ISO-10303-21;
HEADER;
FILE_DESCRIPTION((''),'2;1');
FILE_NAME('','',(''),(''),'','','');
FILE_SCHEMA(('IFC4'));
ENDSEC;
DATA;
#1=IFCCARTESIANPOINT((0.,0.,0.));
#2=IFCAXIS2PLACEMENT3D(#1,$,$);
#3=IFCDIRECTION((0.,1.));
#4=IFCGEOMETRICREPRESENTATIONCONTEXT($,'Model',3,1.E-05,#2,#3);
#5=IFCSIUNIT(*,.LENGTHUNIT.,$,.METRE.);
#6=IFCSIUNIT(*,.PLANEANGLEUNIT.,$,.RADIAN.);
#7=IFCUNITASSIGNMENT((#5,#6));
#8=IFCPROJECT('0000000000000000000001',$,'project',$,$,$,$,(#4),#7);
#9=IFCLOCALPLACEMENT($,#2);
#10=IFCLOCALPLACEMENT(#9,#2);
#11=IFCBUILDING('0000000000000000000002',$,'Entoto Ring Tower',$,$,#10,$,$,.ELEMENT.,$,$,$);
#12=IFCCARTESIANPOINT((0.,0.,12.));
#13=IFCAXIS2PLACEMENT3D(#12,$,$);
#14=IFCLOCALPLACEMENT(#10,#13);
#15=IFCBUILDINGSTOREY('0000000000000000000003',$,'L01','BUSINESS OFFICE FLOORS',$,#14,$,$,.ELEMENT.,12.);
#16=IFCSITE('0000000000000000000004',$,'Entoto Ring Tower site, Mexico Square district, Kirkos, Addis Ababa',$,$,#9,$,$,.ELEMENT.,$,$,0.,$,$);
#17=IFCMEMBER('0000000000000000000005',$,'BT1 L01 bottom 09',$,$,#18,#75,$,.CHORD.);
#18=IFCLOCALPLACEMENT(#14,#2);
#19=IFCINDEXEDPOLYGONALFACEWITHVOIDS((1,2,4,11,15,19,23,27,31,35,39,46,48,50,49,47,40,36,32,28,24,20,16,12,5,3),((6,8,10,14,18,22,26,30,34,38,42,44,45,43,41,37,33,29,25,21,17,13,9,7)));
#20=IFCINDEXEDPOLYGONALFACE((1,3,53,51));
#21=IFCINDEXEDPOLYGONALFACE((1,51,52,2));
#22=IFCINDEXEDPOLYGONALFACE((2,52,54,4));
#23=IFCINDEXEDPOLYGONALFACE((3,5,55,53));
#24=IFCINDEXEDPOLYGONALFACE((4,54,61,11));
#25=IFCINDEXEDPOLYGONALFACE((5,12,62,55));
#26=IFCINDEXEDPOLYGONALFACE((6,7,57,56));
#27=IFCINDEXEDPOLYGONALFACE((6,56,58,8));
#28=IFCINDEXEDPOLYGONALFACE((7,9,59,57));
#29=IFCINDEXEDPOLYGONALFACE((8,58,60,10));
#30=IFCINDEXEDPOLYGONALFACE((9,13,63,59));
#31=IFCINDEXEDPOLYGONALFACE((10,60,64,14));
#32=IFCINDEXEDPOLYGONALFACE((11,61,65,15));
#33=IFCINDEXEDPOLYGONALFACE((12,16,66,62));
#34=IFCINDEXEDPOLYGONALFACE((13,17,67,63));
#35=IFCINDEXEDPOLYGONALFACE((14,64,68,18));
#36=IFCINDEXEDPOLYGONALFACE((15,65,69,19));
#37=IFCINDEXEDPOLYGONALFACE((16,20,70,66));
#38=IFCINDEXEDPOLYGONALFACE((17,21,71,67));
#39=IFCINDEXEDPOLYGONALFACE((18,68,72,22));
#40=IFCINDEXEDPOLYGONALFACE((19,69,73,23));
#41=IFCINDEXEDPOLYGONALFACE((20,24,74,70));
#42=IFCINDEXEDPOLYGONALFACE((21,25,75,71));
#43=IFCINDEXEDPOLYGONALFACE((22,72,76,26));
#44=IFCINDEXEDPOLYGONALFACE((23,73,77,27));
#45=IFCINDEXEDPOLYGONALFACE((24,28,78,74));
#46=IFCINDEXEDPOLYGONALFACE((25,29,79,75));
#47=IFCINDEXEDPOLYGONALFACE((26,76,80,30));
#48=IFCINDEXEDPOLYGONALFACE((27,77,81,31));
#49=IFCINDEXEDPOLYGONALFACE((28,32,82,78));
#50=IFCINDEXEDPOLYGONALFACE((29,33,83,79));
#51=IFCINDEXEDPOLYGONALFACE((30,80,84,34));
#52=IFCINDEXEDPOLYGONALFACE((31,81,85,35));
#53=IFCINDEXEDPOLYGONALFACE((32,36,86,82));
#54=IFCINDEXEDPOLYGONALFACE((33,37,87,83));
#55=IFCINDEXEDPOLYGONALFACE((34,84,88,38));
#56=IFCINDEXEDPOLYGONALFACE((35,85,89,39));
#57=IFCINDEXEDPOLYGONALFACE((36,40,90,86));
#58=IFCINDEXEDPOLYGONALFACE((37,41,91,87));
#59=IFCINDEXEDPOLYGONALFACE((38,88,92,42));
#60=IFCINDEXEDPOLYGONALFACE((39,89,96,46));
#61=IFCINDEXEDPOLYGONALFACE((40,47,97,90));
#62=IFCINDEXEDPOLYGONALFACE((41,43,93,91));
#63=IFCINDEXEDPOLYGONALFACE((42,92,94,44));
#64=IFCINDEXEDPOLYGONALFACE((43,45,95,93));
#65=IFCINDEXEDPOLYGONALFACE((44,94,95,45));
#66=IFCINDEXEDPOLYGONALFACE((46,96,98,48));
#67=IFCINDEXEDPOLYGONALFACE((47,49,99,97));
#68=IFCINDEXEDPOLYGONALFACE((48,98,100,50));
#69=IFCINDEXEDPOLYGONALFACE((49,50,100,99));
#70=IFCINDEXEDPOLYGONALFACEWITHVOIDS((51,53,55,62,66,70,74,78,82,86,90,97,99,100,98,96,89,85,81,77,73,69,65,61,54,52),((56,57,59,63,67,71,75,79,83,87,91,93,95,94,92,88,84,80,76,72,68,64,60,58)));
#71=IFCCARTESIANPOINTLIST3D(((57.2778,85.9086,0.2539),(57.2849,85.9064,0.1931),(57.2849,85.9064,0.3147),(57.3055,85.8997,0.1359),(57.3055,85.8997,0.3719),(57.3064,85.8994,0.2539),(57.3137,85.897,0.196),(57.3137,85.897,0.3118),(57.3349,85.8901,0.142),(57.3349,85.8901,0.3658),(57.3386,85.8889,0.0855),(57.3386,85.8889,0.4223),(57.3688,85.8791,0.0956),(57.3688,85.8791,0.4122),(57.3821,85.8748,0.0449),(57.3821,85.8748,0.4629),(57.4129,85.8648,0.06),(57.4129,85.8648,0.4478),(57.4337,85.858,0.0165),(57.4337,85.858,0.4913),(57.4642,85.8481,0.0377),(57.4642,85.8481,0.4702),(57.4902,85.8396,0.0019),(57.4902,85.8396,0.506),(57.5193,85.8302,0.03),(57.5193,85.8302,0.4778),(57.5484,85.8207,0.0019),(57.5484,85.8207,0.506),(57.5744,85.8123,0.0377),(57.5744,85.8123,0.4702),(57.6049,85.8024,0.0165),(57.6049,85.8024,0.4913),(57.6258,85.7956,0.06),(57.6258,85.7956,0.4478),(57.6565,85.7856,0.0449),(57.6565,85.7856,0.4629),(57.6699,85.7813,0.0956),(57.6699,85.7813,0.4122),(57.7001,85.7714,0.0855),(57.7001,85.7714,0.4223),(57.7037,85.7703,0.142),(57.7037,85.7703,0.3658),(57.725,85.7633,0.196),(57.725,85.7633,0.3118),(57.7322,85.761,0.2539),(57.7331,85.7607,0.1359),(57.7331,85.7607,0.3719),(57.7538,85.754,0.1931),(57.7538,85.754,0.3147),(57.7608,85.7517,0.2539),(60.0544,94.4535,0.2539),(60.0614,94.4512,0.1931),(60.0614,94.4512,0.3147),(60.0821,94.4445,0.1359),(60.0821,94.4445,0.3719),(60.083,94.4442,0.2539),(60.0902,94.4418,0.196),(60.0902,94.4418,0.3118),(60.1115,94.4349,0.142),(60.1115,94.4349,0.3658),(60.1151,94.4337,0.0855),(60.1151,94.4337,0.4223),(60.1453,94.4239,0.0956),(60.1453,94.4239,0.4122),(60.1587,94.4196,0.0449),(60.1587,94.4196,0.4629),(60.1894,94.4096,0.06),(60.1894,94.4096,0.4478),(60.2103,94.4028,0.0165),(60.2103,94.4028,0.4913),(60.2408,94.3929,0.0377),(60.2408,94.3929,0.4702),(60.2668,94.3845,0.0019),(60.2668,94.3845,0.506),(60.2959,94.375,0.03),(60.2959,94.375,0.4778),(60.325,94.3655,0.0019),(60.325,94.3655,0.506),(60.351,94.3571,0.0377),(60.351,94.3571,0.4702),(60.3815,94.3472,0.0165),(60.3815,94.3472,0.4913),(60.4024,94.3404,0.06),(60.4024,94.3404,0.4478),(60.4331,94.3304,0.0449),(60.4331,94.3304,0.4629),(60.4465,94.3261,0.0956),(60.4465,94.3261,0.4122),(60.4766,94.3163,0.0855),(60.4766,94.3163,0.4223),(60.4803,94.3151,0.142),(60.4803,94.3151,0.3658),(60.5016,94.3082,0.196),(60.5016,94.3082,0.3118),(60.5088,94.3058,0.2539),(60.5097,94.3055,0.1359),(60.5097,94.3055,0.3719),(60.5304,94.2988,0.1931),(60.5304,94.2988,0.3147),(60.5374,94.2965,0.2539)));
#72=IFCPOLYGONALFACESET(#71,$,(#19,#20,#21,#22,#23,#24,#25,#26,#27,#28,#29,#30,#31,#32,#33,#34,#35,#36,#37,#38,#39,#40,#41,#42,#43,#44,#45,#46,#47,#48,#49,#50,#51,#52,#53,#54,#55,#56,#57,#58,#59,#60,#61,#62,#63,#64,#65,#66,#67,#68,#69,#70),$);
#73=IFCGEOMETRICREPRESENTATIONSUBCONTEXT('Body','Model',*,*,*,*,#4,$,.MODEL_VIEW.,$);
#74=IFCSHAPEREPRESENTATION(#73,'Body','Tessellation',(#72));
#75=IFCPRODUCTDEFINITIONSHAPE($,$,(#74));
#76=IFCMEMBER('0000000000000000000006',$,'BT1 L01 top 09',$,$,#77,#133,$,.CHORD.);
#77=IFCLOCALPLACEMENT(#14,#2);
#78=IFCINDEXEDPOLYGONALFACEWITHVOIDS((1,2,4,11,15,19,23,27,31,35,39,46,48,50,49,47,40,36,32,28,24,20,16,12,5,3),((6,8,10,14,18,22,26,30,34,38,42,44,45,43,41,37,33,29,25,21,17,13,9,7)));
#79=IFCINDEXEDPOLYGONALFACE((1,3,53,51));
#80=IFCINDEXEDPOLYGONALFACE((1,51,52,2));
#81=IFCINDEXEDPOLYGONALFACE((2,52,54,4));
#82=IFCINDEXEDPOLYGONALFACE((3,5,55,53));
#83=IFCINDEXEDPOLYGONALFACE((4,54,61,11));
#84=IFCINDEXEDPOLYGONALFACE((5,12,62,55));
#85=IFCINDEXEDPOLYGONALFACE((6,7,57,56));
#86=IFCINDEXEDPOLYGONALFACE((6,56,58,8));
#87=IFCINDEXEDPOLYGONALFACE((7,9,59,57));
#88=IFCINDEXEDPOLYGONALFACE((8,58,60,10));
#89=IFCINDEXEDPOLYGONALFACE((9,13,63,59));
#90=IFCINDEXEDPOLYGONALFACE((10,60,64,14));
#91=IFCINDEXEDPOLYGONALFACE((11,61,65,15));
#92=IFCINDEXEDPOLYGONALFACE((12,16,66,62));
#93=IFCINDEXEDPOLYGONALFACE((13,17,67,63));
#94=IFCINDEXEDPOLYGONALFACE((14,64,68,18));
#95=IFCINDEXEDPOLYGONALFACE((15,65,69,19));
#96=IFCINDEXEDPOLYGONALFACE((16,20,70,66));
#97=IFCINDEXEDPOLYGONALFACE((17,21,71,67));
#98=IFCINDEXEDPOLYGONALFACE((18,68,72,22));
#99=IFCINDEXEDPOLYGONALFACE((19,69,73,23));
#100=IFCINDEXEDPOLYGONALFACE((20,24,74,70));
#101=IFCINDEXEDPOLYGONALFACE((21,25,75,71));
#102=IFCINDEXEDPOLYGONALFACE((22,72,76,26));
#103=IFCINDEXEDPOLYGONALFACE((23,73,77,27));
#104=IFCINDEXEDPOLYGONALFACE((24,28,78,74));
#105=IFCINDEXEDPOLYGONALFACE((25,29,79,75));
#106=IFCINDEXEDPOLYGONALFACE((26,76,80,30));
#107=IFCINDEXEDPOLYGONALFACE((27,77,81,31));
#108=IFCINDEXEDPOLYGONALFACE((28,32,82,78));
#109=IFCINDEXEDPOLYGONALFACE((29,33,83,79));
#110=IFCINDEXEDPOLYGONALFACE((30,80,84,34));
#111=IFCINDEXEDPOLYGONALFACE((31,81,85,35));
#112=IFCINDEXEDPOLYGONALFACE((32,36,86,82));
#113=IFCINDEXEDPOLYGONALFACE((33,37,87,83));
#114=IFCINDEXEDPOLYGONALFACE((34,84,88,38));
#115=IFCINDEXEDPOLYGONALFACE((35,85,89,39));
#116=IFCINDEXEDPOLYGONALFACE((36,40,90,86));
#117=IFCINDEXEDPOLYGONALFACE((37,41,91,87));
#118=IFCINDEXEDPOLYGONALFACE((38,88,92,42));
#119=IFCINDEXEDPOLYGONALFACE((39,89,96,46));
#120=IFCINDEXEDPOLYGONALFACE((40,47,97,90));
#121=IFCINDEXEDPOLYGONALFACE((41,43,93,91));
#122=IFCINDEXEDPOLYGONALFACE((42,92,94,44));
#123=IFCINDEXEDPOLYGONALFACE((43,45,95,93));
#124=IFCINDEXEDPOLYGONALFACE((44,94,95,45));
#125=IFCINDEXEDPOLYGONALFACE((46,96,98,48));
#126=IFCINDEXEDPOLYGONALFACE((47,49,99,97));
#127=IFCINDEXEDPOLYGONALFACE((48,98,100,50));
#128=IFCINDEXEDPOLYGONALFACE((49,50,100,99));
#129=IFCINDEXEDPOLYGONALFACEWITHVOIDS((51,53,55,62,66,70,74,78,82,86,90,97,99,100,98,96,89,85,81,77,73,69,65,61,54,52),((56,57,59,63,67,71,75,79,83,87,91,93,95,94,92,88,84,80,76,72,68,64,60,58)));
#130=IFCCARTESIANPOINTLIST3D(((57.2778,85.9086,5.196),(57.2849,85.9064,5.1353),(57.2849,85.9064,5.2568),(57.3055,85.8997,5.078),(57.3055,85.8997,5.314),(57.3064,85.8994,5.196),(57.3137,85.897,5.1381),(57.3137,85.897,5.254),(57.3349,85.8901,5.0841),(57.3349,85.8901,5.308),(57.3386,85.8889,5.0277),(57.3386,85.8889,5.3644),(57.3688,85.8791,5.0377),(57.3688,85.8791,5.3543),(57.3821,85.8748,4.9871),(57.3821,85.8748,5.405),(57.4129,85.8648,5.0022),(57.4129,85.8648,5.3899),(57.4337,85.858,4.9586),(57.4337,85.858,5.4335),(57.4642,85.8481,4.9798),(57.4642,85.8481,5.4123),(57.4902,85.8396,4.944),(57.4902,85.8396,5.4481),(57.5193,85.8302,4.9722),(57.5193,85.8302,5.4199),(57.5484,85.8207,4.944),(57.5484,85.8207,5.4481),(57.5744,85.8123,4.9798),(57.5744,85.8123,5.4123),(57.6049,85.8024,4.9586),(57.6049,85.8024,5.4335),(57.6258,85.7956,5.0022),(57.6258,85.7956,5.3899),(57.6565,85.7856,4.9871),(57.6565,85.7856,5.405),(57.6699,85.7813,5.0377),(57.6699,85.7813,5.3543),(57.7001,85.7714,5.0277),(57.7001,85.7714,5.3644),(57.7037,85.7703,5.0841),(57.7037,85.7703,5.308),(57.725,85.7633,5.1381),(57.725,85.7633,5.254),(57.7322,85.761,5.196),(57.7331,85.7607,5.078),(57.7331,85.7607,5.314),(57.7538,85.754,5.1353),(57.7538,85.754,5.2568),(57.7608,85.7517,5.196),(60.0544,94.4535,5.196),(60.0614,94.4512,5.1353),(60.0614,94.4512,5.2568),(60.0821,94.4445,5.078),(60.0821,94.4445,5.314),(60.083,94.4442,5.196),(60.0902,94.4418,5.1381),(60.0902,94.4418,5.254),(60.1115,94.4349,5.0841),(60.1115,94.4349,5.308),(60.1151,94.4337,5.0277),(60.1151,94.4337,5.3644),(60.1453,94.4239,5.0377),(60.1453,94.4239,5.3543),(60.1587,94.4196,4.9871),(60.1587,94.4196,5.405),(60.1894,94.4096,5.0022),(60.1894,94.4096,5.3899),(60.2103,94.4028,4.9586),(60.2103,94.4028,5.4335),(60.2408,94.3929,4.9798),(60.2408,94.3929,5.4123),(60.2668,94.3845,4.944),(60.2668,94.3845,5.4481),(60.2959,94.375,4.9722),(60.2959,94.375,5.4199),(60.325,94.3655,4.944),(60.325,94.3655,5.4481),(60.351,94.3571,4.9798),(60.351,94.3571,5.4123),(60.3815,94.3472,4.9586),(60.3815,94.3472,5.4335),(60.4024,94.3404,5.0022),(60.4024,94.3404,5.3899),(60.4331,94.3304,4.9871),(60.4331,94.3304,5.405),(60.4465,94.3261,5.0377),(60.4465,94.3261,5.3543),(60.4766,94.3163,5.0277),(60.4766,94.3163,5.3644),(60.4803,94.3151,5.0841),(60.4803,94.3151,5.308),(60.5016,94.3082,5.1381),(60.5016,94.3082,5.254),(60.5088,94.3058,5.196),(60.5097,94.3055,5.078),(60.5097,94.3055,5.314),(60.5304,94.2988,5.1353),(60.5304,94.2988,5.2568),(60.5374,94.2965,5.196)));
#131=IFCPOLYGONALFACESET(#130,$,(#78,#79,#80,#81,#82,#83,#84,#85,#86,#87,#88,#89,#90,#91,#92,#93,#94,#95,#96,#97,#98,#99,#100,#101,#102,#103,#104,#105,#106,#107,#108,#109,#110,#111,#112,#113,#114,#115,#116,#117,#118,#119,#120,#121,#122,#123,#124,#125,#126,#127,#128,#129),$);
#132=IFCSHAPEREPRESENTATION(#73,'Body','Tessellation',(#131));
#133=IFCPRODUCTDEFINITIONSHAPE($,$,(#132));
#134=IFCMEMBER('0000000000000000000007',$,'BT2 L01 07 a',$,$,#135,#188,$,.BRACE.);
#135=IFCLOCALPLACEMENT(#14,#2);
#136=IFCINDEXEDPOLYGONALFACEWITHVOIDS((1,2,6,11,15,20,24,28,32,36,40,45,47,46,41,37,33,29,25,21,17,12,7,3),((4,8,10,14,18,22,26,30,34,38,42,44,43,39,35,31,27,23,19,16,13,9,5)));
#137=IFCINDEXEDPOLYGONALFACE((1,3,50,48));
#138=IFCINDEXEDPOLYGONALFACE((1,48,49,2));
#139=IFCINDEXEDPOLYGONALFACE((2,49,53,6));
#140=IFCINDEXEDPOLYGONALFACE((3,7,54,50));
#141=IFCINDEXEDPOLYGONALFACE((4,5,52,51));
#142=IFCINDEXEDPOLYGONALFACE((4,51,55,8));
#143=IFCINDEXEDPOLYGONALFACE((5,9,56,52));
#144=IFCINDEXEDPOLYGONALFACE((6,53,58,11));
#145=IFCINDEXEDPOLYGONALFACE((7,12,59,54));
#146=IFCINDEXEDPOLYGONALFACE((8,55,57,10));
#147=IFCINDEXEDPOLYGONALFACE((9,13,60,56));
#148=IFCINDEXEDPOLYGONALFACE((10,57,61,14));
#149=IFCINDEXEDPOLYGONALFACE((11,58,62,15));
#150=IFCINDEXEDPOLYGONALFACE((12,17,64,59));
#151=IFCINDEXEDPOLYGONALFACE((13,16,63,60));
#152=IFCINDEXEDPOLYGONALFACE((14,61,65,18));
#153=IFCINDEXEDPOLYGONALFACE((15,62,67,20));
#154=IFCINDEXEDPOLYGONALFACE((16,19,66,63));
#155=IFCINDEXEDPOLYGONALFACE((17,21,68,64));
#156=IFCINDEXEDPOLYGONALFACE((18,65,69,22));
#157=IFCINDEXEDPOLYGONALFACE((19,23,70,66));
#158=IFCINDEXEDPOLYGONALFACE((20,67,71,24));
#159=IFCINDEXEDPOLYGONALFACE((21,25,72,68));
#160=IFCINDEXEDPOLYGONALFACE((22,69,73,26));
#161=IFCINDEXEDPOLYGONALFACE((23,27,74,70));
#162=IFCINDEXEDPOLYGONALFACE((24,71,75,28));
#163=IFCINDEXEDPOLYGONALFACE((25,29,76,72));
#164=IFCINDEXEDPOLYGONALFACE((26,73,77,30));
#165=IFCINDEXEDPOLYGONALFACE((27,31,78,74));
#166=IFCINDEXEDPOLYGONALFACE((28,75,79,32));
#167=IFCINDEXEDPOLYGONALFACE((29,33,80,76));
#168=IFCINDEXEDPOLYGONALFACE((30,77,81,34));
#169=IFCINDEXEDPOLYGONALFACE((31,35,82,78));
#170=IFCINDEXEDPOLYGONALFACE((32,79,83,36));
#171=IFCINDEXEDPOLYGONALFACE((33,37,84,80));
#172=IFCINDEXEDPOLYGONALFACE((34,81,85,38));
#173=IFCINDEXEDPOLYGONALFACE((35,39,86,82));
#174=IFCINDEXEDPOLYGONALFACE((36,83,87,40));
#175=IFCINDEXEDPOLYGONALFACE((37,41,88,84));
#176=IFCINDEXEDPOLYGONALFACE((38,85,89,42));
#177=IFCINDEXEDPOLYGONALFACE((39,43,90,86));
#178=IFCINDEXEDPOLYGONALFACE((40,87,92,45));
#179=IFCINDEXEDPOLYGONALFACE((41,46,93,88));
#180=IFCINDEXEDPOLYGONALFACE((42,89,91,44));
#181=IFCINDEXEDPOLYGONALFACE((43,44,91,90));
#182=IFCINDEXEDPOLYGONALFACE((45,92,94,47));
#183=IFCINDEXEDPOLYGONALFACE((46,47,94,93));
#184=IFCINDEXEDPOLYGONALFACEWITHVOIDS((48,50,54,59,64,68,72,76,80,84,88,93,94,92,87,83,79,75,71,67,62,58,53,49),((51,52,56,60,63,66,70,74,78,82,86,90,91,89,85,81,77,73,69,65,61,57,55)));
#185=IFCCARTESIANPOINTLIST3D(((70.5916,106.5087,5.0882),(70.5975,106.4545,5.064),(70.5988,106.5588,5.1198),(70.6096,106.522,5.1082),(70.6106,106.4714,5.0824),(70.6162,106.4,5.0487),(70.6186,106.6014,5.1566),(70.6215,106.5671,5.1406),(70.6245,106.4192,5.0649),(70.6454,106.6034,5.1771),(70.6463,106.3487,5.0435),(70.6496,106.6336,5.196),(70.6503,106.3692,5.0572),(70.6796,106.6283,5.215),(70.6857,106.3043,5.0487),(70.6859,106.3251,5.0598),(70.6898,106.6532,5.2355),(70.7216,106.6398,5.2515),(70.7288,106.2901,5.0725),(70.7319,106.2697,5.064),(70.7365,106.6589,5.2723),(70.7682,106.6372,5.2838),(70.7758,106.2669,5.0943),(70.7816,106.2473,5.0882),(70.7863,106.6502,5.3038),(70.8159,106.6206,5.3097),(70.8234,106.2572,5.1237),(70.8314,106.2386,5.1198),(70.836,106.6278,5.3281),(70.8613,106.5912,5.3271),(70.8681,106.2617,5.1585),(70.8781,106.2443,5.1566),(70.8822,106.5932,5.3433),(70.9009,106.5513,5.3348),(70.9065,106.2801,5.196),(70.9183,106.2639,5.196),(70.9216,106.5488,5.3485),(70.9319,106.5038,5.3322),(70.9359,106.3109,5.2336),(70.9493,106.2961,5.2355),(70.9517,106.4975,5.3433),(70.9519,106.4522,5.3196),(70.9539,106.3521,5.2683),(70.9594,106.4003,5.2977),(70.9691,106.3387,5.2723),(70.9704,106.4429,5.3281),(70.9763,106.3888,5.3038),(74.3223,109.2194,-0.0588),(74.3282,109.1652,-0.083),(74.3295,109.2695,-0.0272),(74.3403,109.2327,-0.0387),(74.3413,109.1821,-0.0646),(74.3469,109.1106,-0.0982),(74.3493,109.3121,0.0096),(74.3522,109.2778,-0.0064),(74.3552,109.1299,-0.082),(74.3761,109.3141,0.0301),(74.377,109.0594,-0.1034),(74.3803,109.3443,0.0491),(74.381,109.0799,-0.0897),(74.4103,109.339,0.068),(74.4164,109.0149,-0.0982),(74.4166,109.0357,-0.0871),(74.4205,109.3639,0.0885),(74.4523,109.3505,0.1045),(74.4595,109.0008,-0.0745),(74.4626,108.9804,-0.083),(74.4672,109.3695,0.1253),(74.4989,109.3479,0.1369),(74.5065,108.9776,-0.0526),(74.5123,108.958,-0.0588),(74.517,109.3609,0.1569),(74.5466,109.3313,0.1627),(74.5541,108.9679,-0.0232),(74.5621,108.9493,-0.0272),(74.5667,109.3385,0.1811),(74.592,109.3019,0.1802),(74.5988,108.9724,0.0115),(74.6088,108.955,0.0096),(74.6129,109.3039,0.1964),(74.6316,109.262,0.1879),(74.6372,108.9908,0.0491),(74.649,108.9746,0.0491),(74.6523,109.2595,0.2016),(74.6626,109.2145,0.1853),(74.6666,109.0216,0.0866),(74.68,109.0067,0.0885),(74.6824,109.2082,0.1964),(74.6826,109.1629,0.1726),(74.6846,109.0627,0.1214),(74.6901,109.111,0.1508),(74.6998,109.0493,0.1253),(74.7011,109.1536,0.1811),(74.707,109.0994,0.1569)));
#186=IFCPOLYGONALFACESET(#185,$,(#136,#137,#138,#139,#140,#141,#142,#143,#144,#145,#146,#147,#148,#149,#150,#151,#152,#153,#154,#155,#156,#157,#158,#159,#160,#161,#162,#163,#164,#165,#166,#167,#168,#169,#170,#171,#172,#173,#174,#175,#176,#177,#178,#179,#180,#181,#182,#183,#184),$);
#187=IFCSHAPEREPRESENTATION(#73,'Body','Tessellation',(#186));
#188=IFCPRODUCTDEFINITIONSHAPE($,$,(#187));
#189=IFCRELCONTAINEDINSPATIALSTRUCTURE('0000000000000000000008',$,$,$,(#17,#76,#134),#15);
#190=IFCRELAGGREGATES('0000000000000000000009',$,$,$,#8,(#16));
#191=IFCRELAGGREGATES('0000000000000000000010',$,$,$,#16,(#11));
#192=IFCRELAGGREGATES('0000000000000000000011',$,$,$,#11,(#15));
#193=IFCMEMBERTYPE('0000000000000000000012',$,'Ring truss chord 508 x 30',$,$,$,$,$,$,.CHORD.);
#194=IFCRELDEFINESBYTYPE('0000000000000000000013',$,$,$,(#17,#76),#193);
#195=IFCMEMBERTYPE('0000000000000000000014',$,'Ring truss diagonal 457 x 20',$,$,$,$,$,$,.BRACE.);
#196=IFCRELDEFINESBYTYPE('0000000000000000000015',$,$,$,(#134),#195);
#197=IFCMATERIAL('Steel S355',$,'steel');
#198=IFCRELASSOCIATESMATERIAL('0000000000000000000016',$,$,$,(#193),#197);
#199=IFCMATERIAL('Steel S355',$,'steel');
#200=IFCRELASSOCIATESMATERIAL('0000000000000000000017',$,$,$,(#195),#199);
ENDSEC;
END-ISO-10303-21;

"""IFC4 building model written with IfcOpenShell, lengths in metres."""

from ifc_helpers import new_model, si_unit, direction, frame, origin, origin_2d, place, context, subcontext, project, spatial, circle, hollow_circle, extrude, material, material_profile, profile_set, type_object, element, save


model = new_model("IFC4")

# Units and contexts
model_context = context("Model", 3, precision=1e-05, world=origin(), true_north=direction((0.0, 1.0)))
body_context = subcontext(model_context, "Body", "Model", "MODEL_VIEW")
ifc_project = project(units=[si_unit("LENGTHUNIT", "METRE"), si_unit("PLANEANGLEUNIT", "RADIAN")], contexts=[model_context])

# Site, building, storey
site_placement = place(None, origin())
site = spatial("IfcSite", under=ifc_project, at=site_placement, Name="Entoto Ring Tower site, Mexico Square district, Kirkos, Addis Ababa", CompositionType="ELEMENT", RefElevation=0.0)
building_placement = place(site_placement, origin())
building = spatial("IfcBuilding", under=site, at=building_placement, Name="Entoto Ring Tower", CompositionType="ELEMENT")
storey_placement = place(building_placement, frame((0.0, 0.0, 12.0)))
storey = spatial("IfcBuildingStorey", under=building, at=storey_placement, Name="L01", Description="BUSINESS OFFICE FLOORS", CompositionType="ELEMENT", Elevation=12.0)

# Members
ifc_material_1 = material(Name="Steel S355", Category="steel")
ifc_material_profile_1 = material_profile(ifc_material_1, hollow_circle(Radius=0.2539, WallThickness=0.03, at=origin_2d()), Name="CHS 508 x 30")
ifc_material_2 = material(Name="Concrete C60/75", Category="concrete")
ifc_material_profile_2 = material_profile(ifc_material_2, circle(Radius=0.2241, at=origin_2d()), Name="Concrete C60/75 infill")
ifc_profile_set_1 = profile_set([ifc_material_profile_1, ifc_material_profile_2], Name="Steel S355")
member_type_1 = type_object("IfcMemberType", Name="Ring truss chord 508 x 30", PredefinedType="CHORD", material=ifc_profile_set_1)
for number, where, z_axis, x_axis, name in (
    (1, (60.2959, 94.375, 0.2539), (-0.309037, -0.95105, 0.0), (0.95105, -0.309037, 0.0), "BT1 L01 bottom 09"),
    (2, (60.2959, 94.375, 5.196), (-0.309037, -0.95105, 0.0), (0.95105, -0.309037, 0.0), "BT1 L01 top 09"),
):
    element("IfcMember", number, at=place(storey_placement, frame(where, z_axis=z_axis, x_axis=x_axis)), inside=storey, type_object=member_type_1, Name=name, PredefinedType="CHORD", context=body_context, shape_type="SweptSolid", body=[
        extrude(hollow_circle(Radius=0.2539, WallThickness=0.03, at=origin_2d()), origin(), (0.0, 0.0, 1.0), 8.9846),
    ])
ifc_material_3 = material(Name="Steel S355", Category="steel")
ifc_material_profile_3 = material_profile(ifc_material_3, hollow_circle(Radius=0.2285, WallThickness=0.02, at=origin_2d()), Name="CHS 457 x 20")
ifc_material_4 = material(Name="Concrete C60/75", Category="concrete")
ifc_material_profile_4 = material_profile(ifc_material_4, circle(Radius=0.2085, at=origin_2d()), Name="Concrete C60/75 infill")
ifc_profile_set_2 = profile_set([ifc_material_profile_3, ifc_material_profile_4], Name="Steel S355")
member_type_2 = type_object("IfcMemberType", Name="Ring truss diagonal 457 x 20", PredefinedType="BRACE", material=ifc_profile_set_2)
for number, where, z_axis, x_axis, name in (
    (3, (74.5146, 109.1594, 0.0491), (-0.539848, -0.392247, 0.744786), (0.58781, -0.808999, 0.0), "BT2 L01 07 a"),
):
    element("IfcMember", number, at=place(storey_placement, frame(where, z_axis=z_axis, x_axis=x_axis)), inside=storey, type_object=member_type_2, Name=name, PredefinedType="BRACE", context=body_context, shape_type="SweptSolid", body=[
        extrude(hollow_circle(Radius=0.2285, WallThickness=0.02, at=origin_2d()), origin(), (0.0, 0.0, 1.0), 6.9106),
    ])

save(model, "model.ifc")
